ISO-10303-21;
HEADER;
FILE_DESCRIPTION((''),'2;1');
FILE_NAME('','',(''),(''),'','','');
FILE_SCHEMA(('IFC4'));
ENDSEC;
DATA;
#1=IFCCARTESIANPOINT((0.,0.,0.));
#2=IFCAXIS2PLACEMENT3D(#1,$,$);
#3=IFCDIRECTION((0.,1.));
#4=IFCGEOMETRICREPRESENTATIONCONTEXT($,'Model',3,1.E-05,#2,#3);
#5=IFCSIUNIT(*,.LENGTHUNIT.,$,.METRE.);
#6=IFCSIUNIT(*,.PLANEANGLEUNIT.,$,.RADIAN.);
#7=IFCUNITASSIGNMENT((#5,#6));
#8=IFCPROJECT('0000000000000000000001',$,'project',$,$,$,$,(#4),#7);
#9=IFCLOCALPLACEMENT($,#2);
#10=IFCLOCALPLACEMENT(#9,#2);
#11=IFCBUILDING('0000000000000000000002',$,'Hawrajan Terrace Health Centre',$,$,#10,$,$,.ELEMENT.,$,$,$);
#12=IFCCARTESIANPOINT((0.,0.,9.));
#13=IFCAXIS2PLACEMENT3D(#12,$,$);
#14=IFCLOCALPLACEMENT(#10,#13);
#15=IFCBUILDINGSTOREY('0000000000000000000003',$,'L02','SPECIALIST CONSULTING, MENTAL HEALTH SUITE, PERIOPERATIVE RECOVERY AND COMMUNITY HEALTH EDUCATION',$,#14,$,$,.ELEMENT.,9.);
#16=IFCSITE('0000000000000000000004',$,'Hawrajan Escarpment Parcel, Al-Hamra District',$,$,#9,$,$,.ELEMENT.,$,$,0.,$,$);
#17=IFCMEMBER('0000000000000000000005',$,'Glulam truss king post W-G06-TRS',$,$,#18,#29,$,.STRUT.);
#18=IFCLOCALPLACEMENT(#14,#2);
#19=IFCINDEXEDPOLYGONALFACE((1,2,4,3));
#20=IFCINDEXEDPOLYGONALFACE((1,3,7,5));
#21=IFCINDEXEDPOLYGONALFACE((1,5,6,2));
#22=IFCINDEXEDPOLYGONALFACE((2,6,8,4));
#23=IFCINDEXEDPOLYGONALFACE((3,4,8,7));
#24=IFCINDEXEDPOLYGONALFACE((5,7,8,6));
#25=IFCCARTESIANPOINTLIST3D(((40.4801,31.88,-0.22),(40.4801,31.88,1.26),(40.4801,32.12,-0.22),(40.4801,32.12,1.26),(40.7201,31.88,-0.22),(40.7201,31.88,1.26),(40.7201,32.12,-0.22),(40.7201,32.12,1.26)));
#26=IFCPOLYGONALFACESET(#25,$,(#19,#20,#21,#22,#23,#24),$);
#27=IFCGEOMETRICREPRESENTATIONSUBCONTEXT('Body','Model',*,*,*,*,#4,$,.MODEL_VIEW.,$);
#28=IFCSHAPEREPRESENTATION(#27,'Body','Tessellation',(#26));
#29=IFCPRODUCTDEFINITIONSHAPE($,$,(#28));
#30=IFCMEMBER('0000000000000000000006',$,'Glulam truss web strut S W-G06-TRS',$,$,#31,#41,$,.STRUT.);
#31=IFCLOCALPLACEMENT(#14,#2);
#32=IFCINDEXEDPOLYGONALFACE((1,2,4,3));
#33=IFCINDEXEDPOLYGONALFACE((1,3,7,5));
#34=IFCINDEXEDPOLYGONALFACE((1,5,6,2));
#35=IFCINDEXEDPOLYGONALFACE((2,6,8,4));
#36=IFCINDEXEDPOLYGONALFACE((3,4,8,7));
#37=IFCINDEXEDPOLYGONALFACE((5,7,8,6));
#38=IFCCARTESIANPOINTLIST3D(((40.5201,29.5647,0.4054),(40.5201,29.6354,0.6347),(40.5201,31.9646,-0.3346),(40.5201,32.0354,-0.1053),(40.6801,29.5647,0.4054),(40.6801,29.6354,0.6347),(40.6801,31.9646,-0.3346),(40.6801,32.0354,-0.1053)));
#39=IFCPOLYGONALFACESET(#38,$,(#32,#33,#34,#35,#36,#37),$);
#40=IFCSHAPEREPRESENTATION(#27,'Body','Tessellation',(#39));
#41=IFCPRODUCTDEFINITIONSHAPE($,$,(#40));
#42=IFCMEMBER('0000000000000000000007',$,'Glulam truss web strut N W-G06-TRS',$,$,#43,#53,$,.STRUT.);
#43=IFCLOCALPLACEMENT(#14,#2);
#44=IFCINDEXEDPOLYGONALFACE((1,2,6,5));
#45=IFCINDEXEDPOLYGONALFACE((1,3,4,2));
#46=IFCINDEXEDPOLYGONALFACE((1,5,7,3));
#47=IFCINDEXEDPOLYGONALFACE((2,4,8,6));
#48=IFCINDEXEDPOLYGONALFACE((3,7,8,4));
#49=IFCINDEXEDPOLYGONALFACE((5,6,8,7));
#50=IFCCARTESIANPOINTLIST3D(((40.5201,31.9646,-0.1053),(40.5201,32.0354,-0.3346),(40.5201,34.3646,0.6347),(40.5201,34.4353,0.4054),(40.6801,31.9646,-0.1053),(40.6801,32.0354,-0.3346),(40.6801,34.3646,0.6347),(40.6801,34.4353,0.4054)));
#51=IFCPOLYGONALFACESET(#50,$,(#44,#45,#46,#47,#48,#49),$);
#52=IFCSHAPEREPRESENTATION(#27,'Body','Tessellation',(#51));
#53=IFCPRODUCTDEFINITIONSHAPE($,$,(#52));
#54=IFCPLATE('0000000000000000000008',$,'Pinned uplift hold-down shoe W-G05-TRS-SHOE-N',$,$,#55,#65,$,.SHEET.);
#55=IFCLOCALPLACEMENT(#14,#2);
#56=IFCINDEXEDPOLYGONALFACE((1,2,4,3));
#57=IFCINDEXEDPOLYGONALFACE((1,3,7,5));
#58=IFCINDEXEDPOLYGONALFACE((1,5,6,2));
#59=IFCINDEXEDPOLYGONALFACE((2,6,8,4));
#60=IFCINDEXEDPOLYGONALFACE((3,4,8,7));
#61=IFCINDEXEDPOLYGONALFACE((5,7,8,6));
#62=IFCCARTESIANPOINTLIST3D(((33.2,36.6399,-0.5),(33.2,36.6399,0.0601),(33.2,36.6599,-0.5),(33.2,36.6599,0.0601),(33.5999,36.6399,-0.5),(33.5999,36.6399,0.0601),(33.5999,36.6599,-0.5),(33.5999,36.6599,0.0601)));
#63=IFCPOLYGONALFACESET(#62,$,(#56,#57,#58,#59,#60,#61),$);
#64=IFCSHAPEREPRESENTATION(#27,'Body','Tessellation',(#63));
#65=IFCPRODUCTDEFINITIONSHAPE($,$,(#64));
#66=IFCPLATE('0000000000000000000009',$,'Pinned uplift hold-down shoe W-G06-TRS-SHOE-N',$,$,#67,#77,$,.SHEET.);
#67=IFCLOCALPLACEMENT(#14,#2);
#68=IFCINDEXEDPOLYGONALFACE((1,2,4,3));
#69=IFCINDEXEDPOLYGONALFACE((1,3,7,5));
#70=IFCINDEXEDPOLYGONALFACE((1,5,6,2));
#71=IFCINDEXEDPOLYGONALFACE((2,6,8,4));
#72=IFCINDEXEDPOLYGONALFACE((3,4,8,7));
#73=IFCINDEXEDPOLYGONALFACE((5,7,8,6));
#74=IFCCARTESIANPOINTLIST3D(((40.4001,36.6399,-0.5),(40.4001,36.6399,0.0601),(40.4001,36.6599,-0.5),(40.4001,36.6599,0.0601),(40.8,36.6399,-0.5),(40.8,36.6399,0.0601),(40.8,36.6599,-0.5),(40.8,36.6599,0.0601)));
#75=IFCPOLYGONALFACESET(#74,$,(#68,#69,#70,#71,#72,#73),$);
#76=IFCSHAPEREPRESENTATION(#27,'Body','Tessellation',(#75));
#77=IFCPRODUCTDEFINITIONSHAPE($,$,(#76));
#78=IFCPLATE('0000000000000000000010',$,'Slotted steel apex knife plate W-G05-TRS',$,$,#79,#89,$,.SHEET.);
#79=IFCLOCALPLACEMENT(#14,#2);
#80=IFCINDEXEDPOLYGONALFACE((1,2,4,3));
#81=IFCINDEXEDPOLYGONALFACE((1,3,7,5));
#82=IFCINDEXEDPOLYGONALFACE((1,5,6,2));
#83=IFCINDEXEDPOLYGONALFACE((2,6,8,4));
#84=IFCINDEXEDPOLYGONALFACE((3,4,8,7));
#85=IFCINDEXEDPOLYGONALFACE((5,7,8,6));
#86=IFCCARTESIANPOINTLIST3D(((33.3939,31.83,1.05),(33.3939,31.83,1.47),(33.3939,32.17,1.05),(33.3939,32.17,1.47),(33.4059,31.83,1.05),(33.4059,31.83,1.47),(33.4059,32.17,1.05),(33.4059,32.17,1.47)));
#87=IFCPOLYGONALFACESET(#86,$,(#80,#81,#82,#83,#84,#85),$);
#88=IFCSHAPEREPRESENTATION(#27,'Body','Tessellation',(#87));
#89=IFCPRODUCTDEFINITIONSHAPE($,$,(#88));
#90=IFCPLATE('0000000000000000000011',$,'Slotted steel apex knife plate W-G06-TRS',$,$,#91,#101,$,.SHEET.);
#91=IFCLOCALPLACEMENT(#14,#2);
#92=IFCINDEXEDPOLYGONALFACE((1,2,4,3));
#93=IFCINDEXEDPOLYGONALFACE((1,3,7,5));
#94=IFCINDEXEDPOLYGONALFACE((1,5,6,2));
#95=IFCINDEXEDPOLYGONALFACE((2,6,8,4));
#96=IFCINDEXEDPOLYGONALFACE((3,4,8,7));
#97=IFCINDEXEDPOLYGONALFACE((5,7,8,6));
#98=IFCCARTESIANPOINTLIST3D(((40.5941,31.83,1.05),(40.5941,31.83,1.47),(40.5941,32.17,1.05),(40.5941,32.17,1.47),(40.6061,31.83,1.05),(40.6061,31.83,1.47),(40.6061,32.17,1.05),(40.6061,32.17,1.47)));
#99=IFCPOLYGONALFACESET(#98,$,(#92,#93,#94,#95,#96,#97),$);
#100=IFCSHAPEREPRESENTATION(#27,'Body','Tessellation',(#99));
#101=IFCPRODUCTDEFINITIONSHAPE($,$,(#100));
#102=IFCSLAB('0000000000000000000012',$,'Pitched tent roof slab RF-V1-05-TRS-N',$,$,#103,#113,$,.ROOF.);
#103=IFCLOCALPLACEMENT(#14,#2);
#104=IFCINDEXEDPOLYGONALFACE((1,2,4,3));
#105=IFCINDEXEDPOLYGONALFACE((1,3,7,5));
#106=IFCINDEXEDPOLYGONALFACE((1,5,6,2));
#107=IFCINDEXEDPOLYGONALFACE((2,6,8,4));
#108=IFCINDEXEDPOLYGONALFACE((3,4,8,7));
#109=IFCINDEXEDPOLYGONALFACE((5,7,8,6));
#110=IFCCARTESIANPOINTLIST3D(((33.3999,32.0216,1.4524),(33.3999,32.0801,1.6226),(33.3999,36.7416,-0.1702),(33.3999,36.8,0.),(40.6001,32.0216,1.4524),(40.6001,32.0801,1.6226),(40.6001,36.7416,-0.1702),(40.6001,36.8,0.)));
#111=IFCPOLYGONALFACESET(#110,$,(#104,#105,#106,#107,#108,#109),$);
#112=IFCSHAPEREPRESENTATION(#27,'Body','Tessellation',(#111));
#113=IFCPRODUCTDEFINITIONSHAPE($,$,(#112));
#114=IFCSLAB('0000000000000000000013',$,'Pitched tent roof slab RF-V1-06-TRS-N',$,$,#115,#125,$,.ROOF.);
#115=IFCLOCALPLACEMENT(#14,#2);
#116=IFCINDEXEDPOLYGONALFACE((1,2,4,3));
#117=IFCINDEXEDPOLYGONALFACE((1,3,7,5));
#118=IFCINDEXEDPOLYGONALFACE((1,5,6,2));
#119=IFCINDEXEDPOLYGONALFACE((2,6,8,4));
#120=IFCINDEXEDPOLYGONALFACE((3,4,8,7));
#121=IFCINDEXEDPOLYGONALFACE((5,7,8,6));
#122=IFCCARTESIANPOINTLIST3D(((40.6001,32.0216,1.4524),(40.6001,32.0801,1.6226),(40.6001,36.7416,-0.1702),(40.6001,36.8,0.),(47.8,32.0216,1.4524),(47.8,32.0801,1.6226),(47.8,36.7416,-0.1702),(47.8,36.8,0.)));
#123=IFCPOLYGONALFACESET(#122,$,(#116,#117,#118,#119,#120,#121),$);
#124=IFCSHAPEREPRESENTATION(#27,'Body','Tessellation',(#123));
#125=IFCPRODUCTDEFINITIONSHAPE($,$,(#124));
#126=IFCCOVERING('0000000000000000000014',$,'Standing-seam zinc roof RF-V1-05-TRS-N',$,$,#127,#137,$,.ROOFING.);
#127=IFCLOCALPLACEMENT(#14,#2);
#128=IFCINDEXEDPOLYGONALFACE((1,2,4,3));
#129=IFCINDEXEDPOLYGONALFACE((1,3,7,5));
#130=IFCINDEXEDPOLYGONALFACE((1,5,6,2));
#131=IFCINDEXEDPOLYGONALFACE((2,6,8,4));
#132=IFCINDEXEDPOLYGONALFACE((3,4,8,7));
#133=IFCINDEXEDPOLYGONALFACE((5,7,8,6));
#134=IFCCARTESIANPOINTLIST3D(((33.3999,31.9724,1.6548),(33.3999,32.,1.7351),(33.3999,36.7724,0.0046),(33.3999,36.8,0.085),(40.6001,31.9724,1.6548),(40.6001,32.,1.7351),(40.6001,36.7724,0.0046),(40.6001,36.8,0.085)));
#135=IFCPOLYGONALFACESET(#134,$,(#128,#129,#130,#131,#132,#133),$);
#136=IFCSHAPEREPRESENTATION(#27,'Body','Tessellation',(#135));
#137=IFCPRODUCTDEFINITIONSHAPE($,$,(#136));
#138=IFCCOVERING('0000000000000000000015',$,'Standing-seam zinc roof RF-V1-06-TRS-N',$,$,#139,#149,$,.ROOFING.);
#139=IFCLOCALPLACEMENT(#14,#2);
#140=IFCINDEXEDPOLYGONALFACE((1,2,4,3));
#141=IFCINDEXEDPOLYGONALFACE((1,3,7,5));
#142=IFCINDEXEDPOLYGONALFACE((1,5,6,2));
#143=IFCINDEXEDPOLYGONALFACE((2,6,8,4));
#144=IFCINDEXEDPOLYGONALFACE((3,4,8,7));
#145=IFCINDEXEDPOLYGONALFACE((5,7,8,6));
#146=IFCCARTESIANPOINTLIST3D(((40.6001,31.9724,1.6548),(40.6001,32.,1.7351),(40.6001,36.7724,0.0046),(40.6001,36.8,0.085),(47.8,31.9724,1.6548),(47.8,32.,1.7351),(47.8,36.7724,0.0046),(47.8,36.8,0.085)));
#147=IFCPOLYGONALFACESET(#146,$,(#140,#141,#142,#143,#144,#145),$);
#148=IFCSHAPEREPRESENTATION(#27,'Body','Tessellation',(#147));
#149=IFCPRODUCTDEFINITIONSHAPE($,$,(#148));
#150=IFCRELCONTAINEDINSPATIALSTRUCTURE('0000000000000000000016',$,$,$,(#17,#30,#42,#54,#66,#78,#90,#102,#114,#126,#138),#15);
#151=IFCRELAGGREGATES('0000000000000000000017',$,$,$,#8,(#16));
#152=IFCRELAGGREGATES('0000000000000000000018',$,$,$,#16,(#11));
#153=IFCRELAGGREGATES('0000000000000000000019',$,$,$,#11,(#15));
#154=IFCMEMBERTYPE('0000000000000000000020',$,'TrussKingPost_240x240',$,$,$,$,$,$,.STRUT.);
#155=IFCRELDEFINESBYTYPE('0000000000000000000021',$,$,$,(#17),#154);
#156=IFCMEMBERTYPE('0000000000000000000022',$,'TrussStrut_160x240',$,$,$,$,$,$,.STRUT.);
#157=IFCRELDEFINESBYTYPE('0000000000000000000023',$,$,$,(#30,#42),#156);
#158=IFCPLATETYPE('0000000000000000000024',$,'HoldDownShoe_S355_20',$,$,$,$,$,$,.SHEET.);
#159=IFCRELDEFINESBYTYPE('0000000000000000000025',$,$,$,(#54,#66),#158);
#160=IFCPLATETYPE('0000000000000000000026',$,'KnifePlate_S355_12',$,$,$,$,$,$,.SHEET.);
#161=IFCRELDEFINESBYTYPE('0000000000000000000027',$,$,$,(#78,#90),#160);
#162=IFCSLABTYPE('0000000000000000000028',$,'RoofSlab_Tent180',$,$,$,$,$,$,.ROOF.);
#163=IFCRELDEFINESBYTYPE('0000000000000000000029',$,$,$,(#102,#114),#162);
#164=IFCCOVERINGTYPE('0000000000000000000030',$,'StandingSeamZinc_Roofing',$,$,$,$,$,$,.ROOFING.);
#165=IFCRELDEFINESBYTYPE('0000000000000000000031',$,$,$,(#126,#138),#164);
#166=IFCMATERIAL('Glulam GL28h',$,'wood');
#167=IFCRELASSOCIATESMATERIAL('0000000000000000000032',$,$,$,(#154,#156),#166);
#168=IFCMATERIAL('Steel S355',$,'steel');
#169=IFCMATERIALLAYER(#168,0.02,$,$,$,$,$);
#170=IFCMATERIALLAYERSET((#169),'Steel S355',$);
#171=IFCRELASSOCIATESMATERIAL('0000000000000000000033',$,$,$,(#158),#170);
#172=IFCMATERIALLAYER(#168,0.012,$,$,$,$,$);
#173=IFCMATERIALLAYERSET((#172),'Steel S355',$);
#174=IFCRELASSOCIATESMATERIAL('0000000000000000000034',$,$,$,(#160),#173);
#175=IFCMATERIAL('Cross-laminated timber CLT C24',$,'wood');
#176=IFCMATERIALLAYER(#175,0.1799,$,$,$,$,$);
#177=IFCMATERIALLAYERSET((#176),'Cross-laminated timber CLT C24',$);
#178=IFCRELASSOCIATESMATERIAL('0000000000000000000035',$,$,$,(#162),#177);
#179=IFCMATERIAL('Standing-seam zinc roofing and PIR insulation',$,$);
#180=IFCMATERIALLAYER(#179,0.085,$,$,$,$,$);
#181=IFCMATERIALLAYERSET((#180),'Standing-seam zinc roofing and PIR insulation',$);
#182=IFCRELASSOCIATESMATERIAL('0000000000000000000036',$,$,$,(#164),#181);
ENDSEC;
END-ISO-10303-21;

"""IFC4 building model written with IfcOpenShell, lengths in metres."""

from ifc_helpers import new_model, si_unit, direction, frame, origin, origin_2d, place, context, subcontext, project, spatial, polyline, rectangle, outline, extrude, material, layer, layer_set, material_profile, profile_set, type_object, element, save


model = new_model("IFC4")

# Units and contexts
model_context = context("Model", 3, precision=1e-05, world=origin(), true_north=direction((0.0, 1.0)))
body_context = subcontext(model_context, "Body", "Model", "MODEL_VIEW")
ifc_project = project(units=[si_unit("LENGTHUNIT", "METRE"), si_unit("PLANEANGLEUNIT", "RADIAN")], contexts=[model_context])

# Site, building, storey
site_placement = place(None, origin())
site = spatial("IfcSite", under=ifc_project, at=site_placement, Name="Hawrajan Escarpment Parcel, Al-Hamra District", CompositionType="ELEMENT", RefElevation=0.0)
building_placement = place(site_placement, origin())
building = spatial("IfcBuilding", under=site, at=building_placement, Name="Hawrajan Terrace Health Centre", CompositionType="ELEMENT")
storey_placement = place(building_placement, frame((0.0, 0.0, 9.0)))
storey = spatial("IfcBuildingStorey", under=building, at=storey_placement, Name="L02", Description="SPECIALIST CONSULTING, MENTAL HEALTH SUITE, PERIOPERATIVE RECOVERY AND COMMUNITY HEALTH EDUCATION", CompositionType="ELEMENT", Elevation=9.0)

# Shared definitions
ifc_material_1 = material(Name="Glulam GL28h", Category="wood")

# Shared definitions
ifc_material_2 = material(Name="Steel S355", Category="steel")

# Members
ifc_material_profile_1 = material_profile(ifc_material_1, rectangle(XDim=0.24, YDim=0.24, at=origin_2d()), Name="GL KP 240x240")
ifc_profile_set_1 = profile_set([ifc_material_profile_1], Name="Glulam GL28h")
member_type_1 = type_object("IfcMemberType", Name="TrussKingPost_240x240", PredefinedType="STRUT", material=ifc_profile_set_1)
member_1_placement = place(storey_placement, frame((40.6001, 32.0, -0.22), z_axis=(0.0, 0.0, 1.0), x_axis=(1.0, 0.0, 0.0)))
element("IfcMember", 1, at=member_1_placement, inside=storey, type_object=member_type_1, Name="Glulam truss king post W-G06-TRS", PredefinedType="STRUT", context=body_context, shape_type="SweptSolid", body=[
    extrude(rectangle(XDim=0.24, YDim=0.24, at=origin_2d()), origin(), (0.0, 0.0, 1.0), 1.48),
])
ifc_material_profile_2 = material_profile(ifc_material_1, rectangle(XDim=0.1599, YDim=0.24, at=origin_2d()), Name="GL WEB 160x240")
ifc_profile_set_2 = profile_set([ifc_material_profile_2], Name="Glulam GL28h")
member_type_2 = type_object("IfcMemberType", Name="TrussStrut_160x240", PredefinedType="STRUT", material=ifc_profile_set_2)
for number, where, z_axis, x_axis, name in (
    (2, (40.6001, 32.0, -0.22), (0.0, -0.955604, 0.294653), (1.0, 0.0, 0.0), "Glulam truss web strut S W-G06-TRS"),
    (3, (40.6001, 32.0, -0.22), (0.0, 0.955604, 0.294653), (-1.0, 0.0, 0.0), "Glulam truss web strut N W-G06-TRS"),
):
    element("IfcMember", number, at=place(storey_placement, frame(where, z_axis=z_axis, x_axis=x_axis)), inside=storey, type_object=member_type_2, Name=name, PredefinedType="STRUT", context=body_context, shape_type="SweptSolid", body=[
        extrude(rectangle(XDim=0.1599, YDim=0.24, at=origin_2d()), origin(), (0.0, 0.0, 1.0), 2.5115),
    ])

# Plates
ifc_layer_1 = layer(ifc_material_2, 0.02)
ifc_layer_set_1 = layer_set([ifc_layer_1], Name="Steel S355")
plate_type_1 = type_object("IfcPlateType", Name="HoldDownShoe_S355_20", PredefinedType="SHEET", material=ifc_layer_set_1)
for number, where, z_axis, x_axis, name in (
    (4, (33.3999, 36.6499, -0.5), (0.0, 0.0, 1.0), (1.0, 0.0, 0.0), "Pinned uplift hold-down shoe W-G05-TRS-SHOE-N"),
    (5, (40.6001, 36.6499, -0.5), (0.0, 0.0, 1.0), (1.0, 0.0, 0.0), "Pinned uplift hold-down shoe W-G06-TRS-SHOE-N"),
):
    element("IfcPlate", number, at=place(storey_placement, frame(where, z_axis=z_axis, x_axis=x_axis)), inside=storey, type_object=plate_type_1, Name=name, PredefinedType="SHEET", context=body_context, shape_type="SweptSolid", body=[
        extrude(rectangle(XDim=0.3999, YDim=0.02, at=origin_2d()), origin(), (0.0, 0.0, 1.0), 0.5601),
    ])
ifc_layer_2 = layer(ifc_material_2, 0.012)
ifc_layer_set_2 = layer_set([ifc_layer_2], Name="Steel S355")
plate_type_2 = type_object("IfcPlateType", Name="KnifePlate_S355_12", PredefinedType="SHEET", material=ifc_layer_set_2)
for number, where, z_axis, x_axis, name in (
    (6, (33.3999, 32.0, 1.05), (0.0, 0.0, 1.0), (1.0, 0.0, 0.0), "Slotted steel apex knife plate W-G05-TRS"),
    (7, (40.6001, 32.0, 1.05), (0.0, 0.0, 1.0), (1.0, 0.0, 0.0), "Slotted steel apex knife plate W-G06-TRS"),
):
    element("IfcPlate", number, at=place(storey_placement, frame(where, z_axis=z_axis, x_axis=x_axis)), inside=storey, type_object=plate_type_2, Name=name, PredefinedType="SHEET", context=body_context, shape_type="SweptSolid", body=[
        extrude(rectangle(XDim=0.012, YDim=0.3401, at=origin_2d()), origin(), (0.0, 0.0, 1.0), 0.4199),
    ])

# Slabs
ifc_material_3 = material(Name="Cross-laminated timber CLT C24", Category="wood")
ifc_layer_3 = layer(ifc_material_3, 0.1799)
ifc_layer_set_3 = layer_set([ifc_layer_3], Name="Cross-laminated timber CLT C24")
slab_type = type_object("IfcSlabType", Name="RoofSlab_Tent180", PredefinedType="ROOF", material=ifc_layer_set_3)
slab_1_placement = place(storey_placement, frame((33.3999, 32.0801, 1.6226), z_axis=(0.0, 0.325092, 0.945682), x_axis=(1.0, 0.0, 0.0)))
element("IfcSlab", 8, at=slab_1_placement, inside=storey, type_object=slab_type, Name="Pitched tent roof slab RF-V1-05-TRS-N", PredefinedType="ROOF", context=body_context, shape_type="SweptSolid", body=[
    extrude(outline(polyline([(0.0, 0.0), (7.2002, 0.0), (7.2002, 4.9911), (0.0, 4.9911), (0.0, 0.0)])), origin(), (0.0, 0.0, -1.0), 0.1799),
])
slab_2_placement = place(storey_placement, frame((40.6001, 32.0801, 1.6226), z_axis=(0.0, 0.325092, 0.945682), x_axis=(1.0, 0.0, 0.0)))
element("IfcSlab", 9, at=slab_2_placement, inside=storey, type_object=slab_type, Name="Pitched tent roof slab RF-V1-06-TRS-N", PredefinedType="ROOF", context=body_context, shape_type="SweptSolid", body=[
    extrude(outline(polyline([(0.0, 0.0), (7.2, 0.0), (7.2, 4.9911), (0.0, 4.9911), (0.0, 0.0)])), origin(), (0.0, 0.0, -1.0), 0.1799),
])

# Coverings
ifc_material_4 = material(Name="Standing-seam zinc roofing and PIR insulation")
ifc_layer_4 = layer(ifc_material_4, 0.085)
ifc_layer_set_4 = layer_set([ifc_layer_4], Name="Standing-seam zinc roofing and PIR insulation")
covering_type = type_object("IfcCoveringType", Name="StandingSeamZinc_Roofing", PredefinedType="ROOFING", material=ifc_layer_set_4)
covering_1_placement = place(storey_placement, frame((33.3999, 32.0, 1.7351), z_axis=(0.0, 0.325103, 0.945679), x_axis=(1.0, 0.0, 0.0)))
element("IfcCovering", 10, at=covering_1_placement, inside=storey, type_object=covering_type, Name="Standing-seam zinc roof RF-V1-05-TRS-N", PredefinedType="ROOFING", context=body_context, shape_type="SweptSolid", body=[
    extrude(outline(polyline([(0.0, 0.0), (7.2002, 0.0), (7.2002, 5.0758), (0.0, 5.0758), (0.0, 0.0)])), origin(), (0.0, 0.0, -1.0), 0.085),
])
covering_2_placement = place(storey_placement, frame((40.6001, 32.0, 1.7351), z_axis=(0.0, 0.325103, 0.945679), x_axis=(1.0, 0.0, 0.0)))
element("IfcCovering", 11, at=covering_2_placement, inside=storey, type_object=covering_type, Name="Standing-seam zinc roof RF-V1-06-TRS-N", PredefinedType="ROOFING", context=body_context, shape_type="SweptSolid", body=[
    extrude(outline(polyline([(0.0, 0.0), (7.2, 0.0), (7.2, 5.0758), (0.0, 5.0758), (0.0, 0.0)])), origin(), (0.0, 0.0, -1.0), 0.085),
])

save(model, "model.ifc")
